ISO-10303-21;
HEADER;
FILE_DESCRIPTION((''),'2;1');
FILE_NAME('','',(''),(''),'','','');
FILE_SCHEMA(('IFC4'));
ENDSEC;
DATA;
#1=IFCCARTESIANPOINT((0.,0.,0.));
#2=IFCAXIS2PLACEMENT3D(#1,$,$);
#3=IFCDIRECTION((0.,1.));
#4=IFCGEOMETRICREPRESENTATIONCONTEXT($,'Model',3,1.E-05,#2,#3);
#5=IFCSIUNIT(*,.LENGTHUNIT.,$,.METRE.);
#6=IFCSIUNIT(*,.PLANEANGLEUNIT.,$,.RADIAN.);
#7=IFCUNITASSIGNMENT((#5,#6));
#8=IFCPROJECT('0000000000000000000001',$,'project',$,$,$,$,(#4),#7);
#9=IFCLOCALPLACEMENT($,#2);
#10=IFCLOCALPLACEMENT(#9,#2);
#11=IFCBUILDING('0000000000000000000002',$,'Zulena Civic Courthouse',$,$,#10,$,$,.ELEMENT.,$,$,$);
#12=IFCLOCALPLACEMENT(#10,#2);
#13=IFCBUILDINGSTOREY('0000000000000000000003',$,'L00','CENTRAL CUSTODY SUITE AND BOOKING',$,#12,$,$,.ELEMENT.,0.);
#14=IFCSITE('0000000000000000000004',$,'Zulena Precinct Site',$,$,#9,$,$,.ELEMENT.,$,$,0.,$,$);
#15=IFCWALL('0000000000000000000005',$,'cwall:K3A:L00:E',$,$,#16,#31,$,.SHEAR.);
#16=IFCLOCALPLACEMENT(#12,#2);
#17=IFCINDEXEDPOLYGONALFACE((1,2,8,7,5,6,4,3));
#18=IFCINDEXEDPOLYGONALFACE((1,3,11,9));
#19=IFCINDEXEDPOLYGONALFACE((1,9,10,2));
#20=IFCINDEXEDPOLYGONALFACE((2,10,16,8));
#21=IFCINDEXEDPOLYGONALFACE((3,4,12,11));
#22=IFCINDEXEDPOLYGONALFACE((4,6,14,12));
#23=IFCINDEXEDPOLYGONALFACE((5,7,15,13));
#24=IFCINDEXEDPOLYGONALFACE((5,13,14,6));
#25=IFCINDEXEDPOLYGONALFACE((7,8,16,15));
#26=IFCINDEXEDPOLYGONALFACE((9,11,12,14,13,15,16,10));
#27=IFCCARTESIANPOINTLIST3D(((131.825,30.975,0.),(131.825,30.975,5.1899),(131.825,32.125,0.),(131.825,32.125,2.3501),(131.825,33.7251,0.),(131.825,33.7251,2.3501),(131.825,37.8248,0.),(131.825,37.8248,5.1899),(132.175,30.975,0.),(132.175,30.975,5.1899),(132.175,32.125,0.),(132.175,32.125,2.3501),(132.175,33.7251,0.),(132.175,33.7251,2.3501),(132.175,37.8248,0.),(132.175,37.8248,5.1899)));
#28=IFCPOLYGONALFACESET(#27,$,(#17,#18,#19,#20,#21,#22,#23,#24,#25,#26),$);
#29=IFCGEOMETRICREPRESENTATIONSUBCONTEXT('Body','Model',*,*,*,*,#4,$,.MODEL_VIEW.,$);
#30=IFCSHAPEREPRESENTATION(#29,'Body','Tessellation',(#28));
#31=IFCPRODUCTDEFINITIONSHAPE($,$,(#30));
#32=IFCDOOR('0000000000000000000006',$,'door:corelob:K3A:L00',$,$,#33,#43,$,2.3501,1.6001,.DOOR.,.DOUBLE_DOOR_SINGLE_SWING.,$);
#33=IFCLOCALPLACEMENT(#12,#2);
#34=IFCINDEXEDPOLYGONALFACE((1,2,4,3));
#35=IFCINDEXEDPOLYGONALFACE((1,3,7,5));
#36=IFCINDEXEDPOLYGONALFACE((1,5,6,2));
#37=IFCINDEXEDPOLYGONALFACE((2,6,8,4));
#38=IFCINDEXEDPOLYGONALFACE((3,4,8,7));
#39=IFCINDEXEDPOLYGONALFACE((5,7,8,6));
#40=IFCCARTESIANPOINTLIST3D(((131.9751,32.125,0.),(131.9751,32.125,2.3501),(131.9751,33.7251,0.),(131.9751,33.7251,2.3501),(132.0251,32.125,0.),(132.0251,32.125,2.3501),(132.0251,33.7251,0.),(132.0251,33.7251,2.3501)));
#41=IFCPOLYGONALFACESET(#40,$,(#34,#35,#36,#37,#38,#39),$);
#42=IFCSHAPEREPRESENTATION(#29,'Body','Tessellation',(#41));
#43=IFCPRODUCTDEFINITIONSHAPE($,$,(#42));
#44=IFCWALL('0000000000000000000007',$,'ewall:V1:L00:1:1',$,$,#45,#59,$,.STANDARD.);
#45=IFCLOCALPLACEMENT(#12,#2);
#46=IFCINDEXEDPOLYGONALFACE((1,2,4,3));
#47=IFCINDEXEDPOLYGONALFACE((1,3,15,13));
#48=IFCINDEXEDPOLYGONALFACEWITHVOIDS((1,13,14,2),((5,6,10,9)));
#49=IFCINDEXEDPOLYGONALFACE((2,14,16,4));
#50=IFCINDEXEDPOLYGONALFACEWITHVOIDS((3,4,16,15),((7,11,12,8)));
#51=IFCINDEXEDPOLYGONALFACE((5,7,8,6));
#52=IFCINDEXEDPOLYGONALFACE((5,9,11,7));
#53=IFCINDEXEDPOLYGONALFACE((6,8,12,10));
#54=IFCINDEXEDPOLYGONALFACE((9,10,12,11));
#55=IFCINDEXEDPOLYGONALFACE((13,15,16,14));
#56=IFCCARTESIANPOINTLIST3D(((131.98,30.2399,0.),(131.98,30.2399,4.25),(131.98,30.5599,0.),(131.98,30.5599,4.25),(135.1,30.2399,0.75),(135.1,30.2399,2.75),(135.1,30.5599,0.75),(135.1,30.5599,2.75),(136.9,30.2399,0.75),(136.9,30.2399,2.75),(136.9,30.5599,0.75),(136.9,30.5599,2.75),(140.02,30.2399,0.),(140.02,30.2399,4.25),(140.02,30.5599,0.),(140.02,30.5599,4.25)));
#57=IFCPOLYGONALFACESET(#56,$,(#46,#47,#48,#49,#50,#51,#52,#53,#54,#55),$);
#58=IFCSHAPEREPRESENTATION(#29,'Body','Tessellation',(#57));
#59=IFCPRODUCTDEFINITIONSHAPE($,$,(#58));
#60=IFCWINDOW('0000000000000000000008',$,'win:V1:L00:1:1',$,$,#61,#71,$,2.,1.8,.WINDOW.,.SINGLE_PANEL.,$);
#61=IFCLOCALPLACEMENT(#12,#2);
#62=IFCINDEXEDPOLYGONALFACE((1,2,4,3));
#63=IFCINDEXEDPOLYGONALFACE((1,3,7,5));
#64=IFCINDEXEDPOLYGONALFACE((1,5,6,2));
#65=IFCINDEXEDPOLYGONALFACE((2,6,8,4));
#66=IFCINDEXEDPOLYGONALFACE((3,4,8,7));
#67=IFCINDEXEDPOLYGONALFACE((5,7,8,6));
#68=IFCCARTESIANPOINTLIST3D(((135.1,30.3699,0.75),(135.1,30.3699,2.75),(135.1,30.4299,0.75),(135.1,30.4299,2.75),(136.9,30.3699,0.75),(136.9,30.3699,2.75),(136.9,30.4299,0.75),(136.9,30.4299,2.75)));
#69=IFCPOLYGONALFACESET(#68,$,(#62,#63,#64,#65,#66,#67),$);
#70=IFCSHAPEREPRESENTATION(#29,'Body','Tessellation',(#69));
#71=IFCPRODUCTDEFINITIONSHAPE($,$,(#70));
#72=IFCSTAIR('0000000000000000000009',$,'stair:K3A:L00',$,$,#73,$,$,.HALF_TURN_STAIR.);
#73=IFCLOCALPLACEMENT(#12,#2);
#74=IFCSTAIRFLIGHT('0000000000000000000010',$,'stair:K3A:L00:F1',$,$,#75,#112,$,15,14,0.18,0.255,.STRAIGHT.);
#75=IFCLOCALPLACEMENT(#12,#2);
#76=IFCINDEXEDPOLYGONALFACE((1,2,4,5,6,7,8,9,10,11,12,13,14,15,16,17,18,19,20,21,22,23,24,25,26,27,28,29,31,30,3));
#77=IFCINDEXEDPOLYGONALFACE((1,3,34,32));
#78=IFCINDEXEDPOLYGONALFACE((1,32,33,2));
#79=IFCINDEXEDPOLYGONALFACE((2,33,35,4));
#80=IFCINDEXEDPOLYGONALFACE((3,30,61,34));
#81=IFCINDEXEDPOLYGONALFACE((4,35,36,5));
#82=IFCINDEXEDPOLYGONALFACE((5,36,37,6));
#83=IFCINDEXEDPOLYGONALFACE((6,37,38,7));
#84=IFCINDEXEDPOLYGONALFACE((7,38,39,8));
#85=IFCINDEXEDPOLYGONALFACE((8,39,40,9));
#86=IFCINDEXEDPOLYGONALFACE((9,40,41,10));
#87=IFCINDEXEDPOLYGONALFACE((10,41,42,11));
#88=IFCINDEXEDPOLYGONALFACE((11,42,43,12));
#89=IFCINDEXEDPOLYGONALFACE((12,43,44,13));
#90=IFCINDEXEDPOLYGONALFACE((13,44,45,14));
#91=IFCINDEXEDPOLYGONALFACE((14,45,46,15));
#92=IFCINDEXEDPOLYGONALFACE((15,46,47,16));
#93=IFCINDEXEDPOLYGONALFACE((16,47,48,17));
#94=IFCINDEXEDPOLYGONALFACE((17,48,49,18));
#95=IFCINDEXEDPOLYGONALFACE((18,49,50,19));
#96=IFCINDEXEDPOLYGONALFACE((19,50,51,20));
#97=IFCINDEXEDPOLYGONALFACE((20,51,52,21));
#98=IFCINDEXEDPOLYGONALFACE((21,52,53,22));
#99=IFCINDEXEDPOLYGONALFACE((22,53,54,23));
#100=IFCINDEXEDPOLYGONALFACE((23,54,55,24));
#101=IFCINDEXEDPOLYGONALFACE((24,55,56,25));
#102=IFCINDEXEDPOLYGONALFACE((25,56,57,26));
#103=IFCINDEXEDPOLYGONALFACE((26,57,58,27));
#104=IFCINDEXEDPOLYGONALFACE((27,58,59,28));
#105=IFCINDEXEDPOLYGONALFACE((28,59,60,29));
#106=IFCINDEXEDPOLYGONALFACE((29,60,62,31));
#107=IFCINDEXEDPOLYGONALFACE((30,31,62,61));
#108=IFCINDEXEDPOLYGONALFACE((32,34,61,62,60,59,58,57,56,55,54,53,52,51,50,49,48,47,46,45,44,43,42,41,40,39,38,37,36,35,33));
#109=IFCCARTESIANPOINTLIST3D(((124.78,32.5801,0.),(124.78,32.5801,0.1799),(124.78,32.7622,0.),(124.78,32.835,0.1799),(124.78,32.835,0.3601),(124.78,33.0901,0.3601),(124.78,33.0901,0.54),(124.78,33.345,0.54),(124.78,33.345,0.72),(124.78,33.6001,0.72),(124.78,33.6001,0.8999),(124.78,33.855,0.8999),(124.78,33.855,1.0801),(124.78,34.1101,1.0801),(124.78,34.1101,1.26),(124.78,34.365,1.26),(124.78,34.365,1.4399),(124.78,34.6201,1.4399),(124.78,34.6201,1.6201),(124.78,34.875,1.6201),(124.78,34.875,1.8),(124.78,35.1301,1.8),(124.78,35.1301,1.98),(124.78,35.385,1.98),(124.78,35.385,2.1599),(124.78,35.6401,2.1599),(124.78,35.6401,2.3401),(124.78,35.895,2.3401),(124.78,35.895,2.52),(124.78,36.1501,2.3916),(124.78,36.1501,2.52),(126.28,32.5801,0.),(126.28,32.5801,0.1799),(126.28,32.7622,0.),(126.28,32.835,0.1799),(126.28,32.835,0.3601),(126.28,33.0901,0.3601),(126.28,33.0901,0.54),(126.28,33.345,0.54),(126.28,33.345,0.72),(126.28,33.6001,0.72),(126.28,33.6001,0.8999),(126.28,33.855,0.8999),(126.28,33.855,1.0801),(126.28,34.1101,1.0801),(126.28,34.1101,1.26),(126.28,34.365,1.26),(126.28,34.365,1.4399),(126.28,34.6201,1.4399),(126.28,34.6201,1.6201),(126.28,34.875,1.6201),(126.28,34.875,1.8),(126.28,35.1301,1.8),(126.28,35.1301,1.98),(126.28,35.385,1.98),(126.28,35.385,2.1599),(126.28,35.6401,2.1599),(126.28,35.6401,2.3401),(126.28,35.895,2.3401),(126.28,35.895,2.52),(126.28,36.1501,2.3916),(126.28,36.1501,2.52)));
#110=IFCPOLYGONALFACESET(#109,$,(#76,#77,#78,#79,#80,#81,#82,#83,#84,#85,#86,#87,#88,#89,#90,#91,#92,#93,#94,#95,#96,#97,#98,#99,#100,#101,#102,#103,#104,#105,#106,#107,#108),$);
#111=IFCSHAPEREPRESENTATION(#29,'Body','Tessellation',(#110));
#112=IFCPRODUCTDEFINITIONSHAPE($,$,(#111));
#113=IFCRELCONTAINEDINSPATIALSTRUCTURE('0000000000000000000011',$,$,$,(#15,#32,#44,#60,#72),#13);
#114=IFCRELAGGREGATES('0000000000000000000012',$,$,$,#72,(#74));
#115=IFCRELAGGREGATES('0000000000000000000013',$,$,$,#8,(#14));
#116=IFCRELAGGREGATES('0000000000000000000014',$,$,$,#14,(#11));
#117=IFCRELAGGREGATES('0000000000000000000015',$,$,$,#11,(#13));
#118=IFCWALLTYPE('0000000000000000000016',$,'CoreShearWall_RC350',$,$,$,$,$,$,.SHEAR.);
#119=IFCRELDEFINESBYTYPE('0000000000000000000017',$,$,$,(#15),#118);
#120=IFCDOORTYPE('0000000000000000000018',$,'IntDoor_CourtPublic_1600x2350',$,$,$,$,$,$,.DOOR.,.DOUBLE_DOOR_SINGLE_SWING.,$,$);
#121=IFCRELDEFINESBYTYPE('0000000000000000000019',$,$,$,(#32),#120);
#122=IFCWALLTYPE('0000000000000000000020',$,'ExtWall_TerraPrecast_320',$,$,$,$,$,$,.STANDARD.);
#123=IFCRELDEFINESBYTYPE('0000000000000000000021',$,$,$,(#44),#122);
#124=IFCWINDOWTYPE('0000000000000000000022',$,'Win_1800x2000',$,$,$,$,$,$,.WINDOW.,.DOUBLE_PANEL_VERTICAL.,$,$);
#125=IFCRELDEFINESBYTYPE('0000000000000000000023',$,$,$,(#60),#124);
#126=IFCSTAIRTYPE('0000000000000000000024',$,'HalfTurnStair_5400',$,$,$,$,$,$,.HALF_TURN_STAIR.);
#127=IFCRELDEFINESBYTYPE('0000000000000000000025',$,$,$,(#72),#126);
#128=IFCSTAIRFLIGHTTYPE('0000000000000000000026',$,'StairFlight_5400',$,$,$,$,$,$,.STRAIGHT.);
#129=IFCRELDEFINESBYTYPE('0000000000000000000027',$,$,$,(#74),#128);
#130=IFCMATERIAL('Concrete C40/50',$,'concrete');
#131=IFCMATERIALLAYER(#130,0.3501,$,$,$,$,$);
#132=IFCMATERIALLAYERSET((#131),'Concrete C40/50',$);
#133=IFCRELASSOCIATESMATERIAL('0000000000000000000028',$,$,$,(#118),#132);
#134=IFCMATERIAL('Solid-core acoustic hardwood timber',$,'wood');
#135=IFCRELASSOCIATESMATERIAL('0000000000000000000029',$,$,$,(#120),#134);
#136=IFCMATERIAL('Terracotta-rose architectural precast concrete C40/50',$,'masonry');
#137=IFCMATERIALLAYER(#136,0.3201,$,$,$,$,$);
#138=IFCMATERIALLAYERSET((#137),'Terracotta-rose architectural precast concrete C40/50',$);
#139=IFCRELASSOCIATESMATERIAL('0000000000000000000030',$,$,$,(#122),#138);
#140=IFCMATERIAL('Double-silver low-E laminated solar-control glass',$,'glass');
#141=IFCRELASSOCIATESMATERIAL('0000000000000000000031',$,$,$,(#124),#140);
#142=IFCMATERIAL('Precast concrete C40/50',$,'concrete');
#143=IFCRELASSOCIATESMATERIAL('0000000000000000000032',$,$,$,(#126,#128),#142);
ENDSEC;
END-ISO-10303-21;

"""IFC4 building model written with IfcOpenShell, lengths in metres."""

from ifc_helpers import new_model, si_unit, direction, frame, frame_2d, origin, place, context, subcontext, project, spatial, polyline, rectangle, outline, extrude, material, layer, layer_set, type_object, element, fill, aggregate, save


model = new_model("IFC4")

# Units and contexts
model_context = context("Model", 3, precision=1e-05, world=origin(), true_north=direction((0.0, 1.0)))
body_context = subcontext(model_context, "Body", "Model", "MODEL_VIEW")
ifc_project = project(units=[si_unit("LENGTHUNIT", "METRE"), si_unit("PLANEANGLEUNIT", "RADIAN")], contexts=[model_context])

# Site, building, storey
site_placement = place(None, origin())
site = spatial("IfcSite", under=ifc_project, at=site_placement, Name="Zulena Precinct Site", CompositionType="ELEMENT", RefElevation=0.0)
building_placement = place(site_placement, origin())
building = spatial("IfcBuilding", under=site, at=building_placement, Name="Zulena Civic Courthouse", CompositionType="ELEMENT")
storey_placement = place(building_placement, origin())
storey = spatial("IfcBuildingStorey", under=building, at=storey_placement, Name="L00", Description="CENTRAL CUSTODY SUITE AND BOOKING", CompositionType="ELEMENT", Elevation=0.0)

# Shared definitions
ifc_material_1 = material(Name="Concrete C40/50", Category="concrete")

# Wall, opening, door
ifc_layer_1 = layer(ifc_material_1, 0.3501)
ifc_layer_set_1 = layer_set([ifc_layer_1], Name="Concrete C40/50")
wall_type_1 = type_object("IfcWallType", Name="CoreShearWall_RC350", PredefinedType="SHEAR", material=ifc_layer_set_1)
wall_1_placement = place(storey_placement, frame((132.0, 30.9751, 0.0), z_axis=(0.0, 0.0, 1.0), x_axis=(0.0, 1.0, 0.0)))
wall_1 = element("IfcWall", 1, at=wall_1_placement, inside=storey, type_object=wall_type_1, Name="cwall:K3A:L00:E", PredefinedType="SHEAR", context=body_context, shape_type="SweptSolid", body=[
    extrude(rectangle(XDim=6.8499, YDim=0.3501, at=frame_2d((3.4248, 0.0))), origin(), (0.0, 0.0, 1.0), 5.1899),
])
opening_1_placement = place(wall_1_placement, frame((1.1499, 0.0, 0.0)))
opening_1 = element("IfcOpeningElement", 2, at=opening_1_placement, cuts=wall_1, PredefinedType="OPENING", context=body_context, shape_type="SweptSolid", body=[
    extrude(rectangle(XDim=1.6001, YDim=2.3501, at=frame_2d((0.8, 1.175))), frame((0.0, 0.1851, 0.0), z_axis=(0.0, -1.0, 0.0), x_axis=(1.0, 0.0, 0.0)), (0.0, 0.0, 1.0), 0.3701),
])
ifc_material_2 = material(Name="Solid-core acoustic hardwood timber", Category="wood")
door_type_1 = type_object("IfcDoorType", Name="IntDoor_CourtPublic_1600x2350", OperationType="DOUBLE_DOOR_SINGLE_SWING", PredefinedType="DOOR", material=ifc_material_2)
door_1_placement = place(opening_1_placement, origin())
door_1 = element("IfcDoor", 3, at=door_1_placement, inside=storey, type_object=door_type_1, Name="door:corelob:K3A:L00", OperationType="DOUBLE_DOOR_SINGLE_SWING", OverallHeight=2.3501, OverallWidth=1.6001, PredefinedType="DOOR", context=body_context, shape_type="SweptSolid", body=[
    extrude(rectangle(XDim=1.6001, YDim=2.3501, at=frame_2d((0.8, 1.175))), frame((0.0, 0.0249, 0.0), z_axis=(0.0, -1.0, 0.0), x_axis=(1.0, 0.0, 0.0)), (0.0, 0.0, 1.0), 0.05),
])
fill(opening_1, door_1)

# Wall, opening, window
ifc_material_3 = material(Name="Terracotta-rose architectural precast concrete C40/50", Category="masonry")
ifc_layer_2 = layer(ifc_material_3, 0.3201)
ifc_layer_set_2 = layer_set([ifc_layer_2], Name="Terracotta-rose architectural precast concrete C40/50")
wall_type_2 = type_object("IfcWallType", Name="ExtWall_TerraPrecast_320", PredefinedType="STANDARD", material=ifc_layer_set_2)
wall_2_placement = place(storey_placement, frame((131.98, 30.3999, 0.0), z_axis=(0.0, 0.0, 1.0), x_axis=(1.0, 0.0, 0.0)))
wall_2 = element("IfcWall", 4, at=wall_2_placement, inside=storey, type_object=wall_type_2, Name="ewall:V1:L00:1:1", PredefinedType="STANDARD", context=body_context, shape_type="SweptSolid", body=[
    extrude(rectangle(XDim=8.04, YDim=0.3201, at=frame_2d((4.02, 0.0))), origin(), (0.0, 0.0, 1.0), 4.25),
])
opening_2_placement = place(wall_2_placement, frame((3.1201, 0.0, 0.75)))
opening_2 = element("IfcOpeningElement", 5, at=opening_2_placement, cuts=wall_2, PredefinedType="OPENING", context=body_context, shape_type="SweptSolid", body=[
    extrude(rectangle(XDim=1.8, YDim=2.0, at=frame_2d((0.8999, 1.0))), frame((0.0, 0.1699, 0.0), z_axis=(0.0, -1.0, 0.0), x_axis=(1.0, 0.0, 0.0)), (0.0, 0.0, 1.0), 0.3401),
])
ifc_material_4 = material(Name="Double-silver low-E laminated solar-control glass", Category="glass")
window_type = type_object("IfcWindowType", Name="Win_1800x2000", PartitioningType="DOUBLE_PANEL_VERTICAL", PredefinedType="WINDOW", material=ifc_material_4)
window_placement = place(opening_2_placement, origin())
window = element("IfcWindow", 6, at=window_placement, inside=storey, type_object=window_type, Name="win:V1:L00:1:1", OverallHeight=2.0, OverallWidth=1.8, PartitioningType="SINGLE_PANEL", PredefinedType="WINDOW", context=body_context, shape_type="SweptSolid", body=[
    extrude(rectangle(XDim=1.8, YDim=2.0, at=frame_2d((0.8999, 1.0))), frame((0.0, 0.03, 0.0), z_axis=(0.0, -1.0, 0.0), x_axis=(1.0, 0.0, 0.0)), (0.0, 0.0, 1.0), 0.0601),
])
fill(opening_2, window)

# Stair, stair flight
ifc_material_5 = material(Name="Precast concrete C40/50", Category="concrete")
stair_type = type_object("IfcStairType", Name="HalfTurnStair_5400", PredefinedType="HALF_TURN_STAIR", material=ifc_material_5)
stair_placement = place(storey_placement, origin())
stair = element("IfcStair", 7, at=stair_placement, inside=storey, type_object=stair_type, Name="stair:K3A:L00", PredefinedType="HALF_TURN_STAIR")
stair_flight_type = type_object("IfcStairFlightType", Name="StairFlight_5400", PredefinedType="STRAIGHT", material=ifc_material_5)
stair_flight_placement = place(storey_placement, frame((125.53, 32.5801, 0.0), z_axis=(0.0, 0.0, 1.0), x_axis=(0.0, 1.0, 0.0)))
stair_flight = element("IfcStairFlight", 8, at=stair_flight_placement, type_object=stair_flight_type, Name="stair:K3A:L00:F1", NumberOfRisers=15, NumberOfTreads=14, PredefinedType="STRAIGHT", RiserHeight=0.18, TreadLength=0.255, context=body_context, shape_type="SweptSolid", body=[
    extrude(outline(polyline([(0.0, 0.0), (0.0, 0.1799), (0.2549, 0.1799), (0.2549, 0.3601), (0.51, 0.3601), (0.51, 0.54), (0.7649, 0.54), (0.7649, 0.72), (1.02, 0.72), (1.02, 0.8999), (1.2749, 0.8999), (1.2749, 1.0801), (1.53, 1.0801), (1.53, 1.26), (1.7849, 1.26), (1.7849, 1.4399), (2.04, 1.4399), (2.04, 1.6201), (2.2949, 1.6201), (2.2949, 1.8), (2.55, 1.8), (2.55, 1.98), (2.8049, 1.98), (2.8049, 2.1599), (3.0601, 2.1599), (3.0601, 2.3401), (3.3149, 2.3401), (3.3149, 2.52), (3.5701, 2.52), (3.5701, 2.7), (3.5701, 2.3916), (0.1821, 0.0), (0.0, 0.0)])), frame((0.0, 0.75, 0.0), z_axis=(0.0, -1.0, 0.0), x_axis=(1.0, 0.0, 0.0)), (0.0, 0.0, 1.0), 1.5),
])
aggregate(stair, [stair_flight])

save(model, "model.ifc")
